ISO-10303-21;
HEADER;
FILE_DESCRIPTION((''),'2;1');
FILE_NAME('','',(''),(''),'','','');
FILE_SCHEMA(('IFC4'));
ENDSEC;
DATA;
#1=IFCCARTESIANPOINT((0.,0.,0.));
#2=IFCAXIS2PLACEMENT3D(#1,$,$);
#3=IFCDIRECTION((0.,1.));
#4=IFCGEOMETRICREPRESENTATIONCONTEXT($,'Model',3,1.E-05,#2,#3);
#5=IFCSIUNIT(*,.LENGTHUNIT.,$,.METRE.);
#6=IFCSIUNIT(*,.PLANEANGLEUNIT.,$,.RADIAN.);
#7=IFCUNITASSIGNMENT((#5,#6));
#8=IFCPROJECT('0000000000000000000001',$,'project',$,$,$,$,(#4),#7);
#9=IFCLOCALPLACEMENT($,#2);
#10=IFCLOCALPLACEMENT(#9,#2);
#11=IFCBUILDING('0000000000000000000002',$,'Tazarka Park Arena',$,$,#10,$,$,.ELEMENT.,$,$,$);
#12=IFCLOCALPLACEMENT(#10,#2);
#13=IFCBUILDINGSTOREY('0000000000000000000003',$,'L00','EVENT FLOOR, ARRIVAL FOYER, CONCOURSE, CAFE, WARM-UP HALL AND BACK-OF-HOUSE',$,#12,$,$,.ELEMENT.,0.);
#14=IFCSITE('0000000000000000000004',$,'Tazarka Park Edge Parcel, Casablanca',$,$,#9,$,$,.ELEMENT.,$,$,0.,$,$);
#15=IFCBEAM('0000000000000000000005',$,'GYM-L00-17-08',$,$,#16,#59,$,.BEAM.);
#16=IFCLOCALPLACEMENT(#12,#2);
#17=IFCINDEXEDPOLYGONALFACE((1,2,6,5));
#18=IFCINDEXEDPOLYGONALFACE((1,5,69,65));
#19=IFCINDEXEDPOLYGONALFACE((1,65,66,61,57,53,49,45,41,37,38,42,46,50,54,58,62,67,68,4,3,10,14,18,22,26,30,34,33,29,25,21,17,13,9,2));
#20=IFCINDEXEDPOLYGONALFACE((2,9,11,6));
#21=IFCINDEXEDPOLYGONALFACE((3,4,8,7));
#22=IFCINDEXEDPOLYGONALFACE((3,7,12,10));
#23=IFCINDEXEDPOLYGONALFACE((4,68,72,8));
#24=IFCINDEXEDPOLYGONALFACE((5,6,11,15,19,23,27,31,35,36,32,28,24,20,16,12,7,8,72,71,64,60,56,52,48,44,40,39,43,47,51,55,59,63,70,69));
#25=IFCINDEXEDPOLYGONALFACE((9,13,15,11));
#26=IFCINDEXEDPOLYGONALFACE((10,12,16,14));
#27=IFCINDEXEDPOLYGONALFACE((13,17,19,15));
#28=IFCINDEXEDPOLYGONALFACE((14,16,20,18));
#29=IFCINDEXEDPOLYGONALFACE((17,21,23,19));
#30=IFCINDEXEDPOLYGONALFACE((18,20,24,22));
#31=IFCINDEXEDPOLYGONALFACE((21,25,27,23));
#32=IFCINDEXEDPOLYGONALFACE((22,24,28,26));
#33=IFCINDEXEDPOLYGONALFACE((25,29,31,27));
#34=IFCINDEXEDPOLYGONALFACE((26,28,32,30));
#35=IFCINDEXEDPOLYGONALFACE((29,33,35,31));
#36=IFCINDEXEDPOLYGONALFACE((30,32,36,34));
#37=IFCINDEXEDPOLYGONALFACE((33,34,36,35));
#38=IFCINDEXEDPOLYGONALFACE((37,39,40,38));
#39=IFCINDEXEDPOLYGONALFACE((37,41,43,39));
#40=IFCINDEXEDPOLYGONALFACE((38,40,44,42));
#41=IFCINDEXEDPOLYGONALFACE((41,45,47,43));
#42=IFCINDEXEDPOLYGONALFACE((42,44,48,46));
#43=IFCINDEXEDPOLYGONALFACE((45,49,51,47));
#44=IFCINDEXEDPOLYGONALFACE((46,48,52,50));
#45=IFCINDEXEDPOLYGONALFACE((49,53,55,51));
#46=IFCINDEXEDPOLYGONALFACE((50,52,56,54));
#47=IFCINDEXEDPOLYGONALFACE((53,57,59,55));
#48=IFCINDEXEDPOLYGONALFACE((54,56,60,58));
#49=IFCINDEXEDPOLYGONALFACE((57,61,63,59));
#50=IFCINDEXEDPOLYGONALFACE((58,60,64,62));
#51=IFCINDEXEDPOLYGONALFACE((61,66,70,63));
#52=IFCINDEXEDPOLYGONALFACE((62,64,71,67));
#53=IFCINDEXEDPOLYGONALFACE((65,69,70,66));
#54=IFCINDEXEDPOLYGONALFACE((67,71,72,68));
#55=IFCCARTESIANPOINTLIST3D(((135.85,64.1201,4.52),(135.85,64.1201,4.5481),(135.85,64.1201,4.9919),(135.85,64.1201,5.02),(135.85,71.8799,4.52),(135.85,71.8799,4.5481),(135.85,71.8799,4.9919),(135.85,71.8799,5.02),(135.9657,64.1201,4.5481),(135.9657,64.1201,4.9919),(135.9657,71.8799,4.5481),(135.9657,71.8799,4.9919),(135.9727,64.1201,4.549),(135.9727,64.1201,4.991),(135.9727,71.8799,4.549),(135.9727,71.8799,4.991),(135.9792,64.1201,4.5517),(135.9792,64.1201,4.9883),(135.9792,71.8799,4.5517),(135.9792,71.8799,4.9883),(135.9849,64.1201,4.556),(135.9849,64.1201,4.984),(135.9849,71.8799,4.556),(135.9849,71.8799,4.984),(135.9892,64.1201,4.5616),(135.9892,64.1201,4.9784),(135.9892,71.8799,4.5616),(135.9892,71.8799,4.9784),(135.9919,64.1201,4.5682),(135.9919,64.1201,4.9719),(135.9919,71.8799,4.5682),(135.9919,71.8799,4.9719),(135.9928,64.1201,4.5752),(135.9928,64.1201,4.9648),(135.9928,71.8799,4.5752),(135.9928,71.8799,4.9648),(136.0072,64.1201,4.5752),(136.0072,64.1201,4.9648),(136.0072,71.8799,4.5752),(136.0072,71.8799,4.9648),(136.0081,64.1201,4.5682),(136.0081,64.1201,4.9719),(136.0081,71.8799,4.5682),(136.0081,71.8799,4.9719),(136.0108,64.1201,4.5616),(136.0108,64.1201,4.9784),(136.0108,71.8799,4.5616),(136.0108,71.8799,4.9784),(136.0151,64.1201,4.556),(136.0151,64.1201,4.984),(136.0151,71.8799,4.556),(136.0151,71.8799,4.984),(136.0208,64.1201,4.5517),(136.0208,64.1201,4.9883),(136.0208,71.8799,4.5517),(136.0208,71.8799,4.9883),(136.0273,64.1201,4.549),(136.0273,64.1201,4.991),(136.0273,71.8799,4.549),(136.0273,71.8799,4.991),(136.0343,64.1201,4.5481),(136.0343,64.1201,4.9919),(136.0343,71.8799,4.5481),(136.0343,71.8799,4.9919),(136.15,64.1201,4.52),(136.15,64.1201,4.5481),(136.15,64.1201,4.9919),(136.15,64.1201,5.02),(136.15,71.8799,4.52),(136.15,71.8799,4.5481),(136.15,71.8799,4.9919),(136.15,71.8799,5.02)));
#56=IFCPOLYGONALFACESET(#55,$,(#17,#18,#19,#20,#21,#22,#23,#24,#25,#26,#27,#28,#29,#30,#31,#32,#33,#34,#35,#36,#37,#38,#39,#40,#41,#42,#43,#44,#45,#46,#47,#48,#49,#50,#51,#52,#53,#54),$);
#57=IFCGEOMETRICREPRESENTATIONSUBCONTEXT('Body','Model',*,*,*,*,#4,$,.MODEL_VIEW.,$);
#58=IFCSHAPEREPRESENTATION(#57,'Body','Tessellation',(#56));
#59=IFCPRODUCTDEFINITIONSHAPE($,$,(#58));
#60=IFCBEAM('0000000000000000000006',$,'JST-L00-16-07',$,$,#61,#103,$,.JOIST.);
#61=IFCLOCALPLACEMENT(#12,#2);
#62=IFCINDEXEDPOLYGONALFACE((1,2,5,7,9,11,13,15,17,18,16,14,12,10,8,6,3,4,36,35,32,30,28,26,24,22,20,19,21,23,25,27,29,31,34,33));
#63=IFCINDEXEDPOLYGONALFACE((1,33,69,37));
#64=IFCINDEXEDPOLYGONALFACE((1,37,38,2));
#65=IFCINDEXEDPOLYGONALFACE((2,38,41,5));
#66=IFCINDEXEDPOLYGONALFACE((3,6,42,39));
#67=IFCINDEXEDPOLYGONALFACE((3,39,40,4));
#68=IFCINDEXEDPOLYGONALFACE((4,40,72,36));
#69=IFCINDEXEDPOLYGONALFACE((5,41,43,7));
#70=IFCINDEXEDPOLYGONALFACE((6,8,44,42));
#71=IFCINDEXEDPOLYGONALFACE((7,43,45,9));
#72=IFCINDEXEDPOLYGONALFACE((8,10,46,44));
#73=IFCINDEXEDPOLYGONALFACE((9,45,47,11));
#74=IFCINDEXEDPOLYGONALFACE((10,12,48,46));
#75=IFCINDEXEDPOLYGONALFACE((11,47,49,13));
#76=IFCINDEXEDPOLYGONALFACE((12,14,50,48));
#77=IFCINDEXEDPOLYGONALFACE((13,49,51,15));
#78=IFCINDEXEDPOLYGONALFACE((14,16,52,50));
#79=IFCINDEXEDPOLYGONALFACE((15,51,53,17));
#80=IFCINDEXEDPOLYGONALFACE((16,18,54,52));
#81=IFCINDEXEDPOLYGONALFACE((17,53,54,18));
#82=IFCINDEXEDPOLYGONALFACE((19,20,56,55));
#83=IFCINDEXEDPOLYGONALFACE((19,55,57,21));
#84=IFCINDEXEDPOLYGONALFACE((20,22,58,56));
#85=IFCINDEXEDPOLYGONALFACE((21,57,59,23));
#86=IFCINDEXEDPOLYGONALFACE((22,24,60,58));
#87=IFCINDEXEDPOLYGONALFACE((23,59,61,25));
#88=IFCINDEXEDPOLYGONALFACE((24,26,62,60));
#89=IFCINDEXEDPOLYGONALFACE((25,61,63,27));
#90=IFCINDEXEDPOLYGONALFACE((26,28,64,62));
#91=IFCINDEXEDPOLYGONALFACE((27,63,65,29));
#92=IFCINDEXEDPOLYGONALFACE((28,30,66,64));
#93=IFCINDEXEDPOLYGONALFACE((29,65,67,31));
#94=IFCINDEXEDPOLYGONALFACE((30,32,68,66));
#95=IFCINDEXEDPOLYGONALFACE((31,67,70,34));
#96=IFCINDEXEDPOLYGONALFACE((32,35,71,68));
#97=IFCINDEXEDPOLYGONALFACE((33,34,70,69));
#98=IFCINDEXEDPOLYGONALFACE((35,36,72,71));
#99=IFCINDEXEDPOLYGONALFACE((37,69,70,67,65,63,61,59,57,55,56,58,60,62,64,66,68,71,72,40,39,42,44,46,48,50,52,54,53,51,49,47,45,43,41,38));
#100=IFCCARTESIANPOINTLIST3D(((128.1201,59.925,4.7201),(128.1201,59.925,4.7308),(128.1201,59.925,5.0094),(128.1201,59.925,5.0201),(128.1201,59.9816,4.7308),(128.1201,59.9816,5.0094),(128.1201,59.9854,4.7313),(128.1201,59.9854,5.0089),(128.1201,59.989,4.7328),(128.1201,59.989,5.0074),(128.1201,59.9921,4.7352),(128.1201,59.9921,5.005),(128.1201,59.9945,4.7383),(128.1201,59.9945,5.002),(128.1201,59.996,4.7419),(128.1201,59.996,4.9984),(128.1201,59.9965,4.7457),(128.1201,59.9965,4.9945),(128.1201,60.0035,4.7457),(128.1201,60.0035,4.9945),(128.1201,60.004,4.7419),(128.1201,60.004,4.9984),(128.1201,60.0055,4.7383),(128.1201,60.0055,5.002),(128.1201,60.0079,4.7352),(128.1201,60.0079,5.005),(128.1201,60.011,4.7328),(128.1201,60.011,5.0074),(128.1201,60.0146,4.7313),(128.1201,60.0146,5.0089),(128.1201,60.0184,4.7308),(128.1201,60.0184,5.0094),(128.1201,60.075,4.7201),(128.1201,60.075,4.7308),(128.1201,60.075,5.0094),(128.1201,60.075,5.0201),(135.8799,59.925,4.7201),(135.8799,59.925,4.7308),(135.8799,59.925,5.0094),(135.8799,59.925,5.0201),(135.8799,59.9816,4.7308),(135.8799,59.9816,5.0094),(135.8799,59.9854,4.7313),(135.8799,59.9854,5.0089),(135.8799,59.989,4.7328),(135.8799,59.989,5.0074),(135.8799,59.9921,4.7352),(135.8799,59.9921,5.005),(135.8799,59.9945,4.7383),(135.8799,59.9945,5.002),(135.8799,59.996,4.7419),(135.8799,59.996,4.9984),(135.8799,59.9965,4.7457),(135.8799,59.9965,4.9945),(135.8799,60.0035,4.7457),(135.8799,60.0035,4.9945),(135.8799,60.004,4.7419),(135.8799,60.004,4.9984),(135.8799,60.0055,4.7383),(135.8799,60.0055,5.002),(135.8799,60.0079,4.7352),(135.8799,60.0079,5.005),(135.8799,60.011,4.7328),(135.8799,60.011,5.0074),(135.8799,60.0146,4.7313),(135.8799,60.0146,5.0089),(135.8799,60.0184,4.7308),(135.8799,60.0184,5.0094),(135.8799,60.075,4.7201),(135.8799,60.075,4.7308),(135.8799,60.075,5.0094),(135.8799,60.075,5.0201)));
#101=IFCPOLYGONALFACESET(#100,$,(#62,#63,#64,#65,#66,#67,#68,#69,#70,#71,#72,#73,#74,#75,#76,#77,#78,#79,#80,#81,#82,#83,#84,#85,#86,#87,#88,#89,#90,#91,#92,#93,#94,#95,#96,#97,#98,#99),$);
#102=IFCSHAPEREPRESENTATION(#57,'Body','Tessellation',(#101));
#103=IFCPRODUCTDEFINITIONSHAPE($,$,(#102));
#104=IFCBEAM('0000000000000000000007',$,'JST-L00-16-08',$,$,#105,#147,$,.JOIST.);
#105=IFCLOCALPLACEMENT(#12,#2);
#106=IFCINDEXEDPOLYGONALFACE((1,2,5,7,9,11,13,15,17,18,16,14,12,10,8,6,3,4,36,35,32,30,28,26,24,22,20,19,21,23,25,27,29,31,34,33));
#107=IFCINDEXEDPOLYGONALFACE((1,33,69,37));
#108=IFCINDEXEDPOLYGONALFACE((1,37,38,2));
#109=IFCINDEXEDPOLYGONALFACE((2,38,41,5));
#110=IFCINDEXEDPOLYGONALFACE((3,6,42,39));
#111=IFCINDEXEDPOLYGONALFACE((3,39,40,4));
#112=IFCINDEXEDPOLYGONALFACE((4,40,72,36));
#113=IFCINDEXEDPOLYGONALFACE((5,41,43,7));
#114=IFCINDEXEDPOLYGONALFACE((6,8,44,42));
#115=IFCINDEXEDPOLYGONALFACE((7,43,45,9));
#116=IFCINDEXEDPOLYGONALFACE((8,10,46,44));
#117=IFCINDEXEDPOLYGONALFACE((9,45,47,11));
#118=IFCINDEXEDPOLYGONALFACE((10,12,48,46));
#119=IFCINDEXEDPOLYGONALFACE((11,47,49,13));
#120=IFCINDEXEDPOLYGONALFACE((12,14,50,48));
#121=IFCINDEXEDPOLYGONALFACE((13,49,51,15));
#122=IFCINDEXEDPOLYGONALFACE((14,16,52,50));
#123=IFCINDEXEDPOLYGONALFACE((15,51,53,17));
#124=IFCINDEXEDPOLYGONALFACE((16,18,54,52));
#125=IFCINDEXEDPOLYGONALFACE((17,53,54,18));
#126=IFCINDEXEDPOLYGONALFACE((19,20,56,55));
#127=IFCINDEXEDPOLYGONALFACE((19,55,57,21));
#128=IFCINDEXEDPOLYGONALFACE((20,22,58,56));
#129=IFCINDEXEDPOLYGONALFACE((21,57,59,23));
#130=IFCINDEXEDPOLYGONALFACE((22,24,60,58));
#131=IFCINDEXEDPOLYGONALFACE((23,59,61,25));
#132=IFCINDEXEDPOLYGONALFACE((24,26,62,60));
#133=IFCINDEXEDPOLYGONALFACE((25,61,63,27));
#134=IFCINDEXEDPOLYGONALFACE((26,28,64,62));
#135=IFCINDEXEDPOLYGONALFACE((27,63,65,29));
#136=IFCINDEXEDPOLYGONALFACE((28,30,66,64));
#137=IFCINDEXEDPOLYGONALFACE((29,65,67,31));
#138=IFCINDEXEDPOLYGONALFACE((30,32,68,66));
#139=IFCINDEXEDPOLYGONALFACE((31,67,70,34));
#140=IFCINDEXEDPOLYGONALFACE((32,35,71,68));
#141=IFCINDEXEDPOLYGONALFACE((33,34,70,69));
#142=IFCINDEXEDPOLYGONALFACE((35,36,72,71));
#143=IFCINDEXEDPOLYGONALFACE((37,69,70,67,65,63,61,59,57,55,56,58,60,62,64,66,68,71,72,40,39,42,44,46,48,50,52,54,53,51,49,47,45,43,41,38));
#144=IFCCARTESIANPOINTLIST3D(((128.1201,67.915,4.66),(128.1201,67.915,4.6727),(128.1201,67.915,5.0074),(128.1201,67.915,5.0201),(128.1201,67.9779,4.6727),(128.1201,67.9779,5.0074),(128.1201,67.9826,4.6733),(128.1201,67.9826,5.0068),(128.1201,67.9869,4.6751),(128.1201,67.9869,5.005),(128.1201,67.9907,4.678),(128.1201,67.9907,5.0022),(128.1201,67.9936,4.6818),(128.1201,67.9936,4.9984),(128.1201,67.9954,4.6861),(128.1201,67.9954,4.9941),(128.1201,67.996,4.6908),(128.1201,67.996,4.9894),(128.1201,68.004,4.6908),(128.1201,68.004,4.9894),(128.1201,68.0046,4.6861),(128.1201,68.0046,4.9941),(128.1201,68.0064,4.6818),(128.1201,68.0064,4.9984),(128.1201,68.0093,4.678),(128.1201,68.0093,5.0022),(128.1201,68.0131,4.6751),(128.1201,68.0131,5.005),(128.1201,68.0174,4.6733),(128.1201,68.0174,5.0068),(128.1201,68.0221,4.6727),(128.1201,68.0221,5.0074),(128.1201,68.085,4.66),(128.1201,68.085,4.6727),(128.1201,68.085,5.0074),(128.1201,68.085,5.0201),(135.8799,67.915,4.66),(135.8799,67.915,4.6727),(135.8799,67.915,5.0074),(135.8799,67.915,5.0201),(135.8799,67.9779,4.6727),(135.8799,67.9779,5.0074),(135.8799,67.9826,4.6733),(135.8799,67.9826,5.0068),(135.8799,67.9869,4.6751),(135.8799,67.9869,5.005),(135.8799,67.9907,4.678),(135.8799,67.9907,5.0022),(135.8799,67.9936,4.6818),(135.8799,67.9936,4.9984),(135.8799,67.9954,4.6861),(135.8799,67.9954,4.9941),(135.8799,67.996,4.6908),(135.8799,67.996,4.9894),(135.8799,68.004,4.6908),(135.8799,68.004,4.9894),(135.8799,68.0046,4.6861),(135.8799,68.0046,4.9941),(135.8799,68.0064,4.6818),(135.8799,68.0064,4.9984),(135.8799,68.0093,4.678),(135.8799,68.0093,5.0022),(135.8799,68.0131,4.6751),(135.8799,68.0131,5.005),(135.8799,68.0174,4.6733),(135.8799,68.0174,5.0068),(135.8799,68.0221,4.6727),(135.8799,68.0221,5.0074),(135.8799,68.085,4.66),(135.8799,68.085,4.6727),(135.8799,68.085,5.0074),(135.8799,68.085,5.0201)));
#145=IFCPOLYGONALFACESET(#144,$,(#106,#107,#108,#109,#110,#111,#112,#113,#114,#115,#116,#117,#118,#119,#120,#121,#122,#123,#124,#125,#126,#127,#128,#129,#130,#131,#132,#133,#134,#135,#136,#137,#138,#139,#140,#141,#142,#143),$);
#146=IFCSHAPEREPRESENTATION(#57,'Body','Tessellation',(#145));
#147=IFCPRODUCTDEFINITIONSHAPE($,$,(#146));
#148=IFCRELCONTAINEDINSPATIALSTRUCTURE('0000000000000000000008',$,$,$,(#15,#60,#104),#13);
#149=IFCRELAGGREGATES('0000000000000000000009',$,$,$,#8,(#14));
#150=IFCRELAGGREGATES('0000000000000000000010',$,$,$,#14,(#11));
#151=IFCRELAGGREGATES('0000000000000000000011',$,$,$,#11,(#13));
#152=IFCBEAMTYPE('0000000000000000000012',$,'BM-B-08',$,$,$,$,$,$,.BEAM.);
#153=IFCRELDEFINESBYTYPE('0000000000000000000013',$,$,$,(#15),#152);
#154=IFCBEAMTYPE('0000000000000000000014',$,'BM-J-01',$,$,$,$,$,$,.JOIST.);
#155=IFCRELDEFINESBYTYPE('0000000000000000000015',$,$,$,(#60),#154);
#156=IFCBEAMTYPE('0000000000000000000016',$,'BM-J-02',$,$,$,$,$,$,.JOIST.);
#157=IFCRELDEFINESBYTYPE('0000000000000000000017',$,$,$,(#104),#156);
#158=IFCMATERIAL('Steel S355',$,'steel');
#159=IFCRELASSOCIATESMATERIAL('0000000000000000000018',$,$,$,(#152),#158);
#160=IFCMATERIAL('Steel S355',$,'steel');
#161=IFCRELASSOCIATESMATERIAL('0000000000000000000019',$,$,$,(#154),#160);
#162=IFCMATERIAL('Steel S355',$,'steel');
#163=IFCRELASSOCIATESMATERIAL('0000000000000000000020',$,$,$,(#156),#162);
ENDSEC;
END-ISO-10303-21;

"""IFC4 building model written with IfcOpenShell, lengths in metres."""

from ifc_helpers import new_model, si_unit, direction, frame, origin, origin_2d, place, context, subcontext, project, spatial, i_section, extrude, material, material_profile, profile_set, type_object, element, save


model = new_model("IFC4")

# Units and contexts
model_context = context("Model", 3, precision=1e-05, world=origin(), true_north=direction((0.0, 1.0)))
body_context = subcontext(model_context, "Body", "Model", "MODEL_VIEW")
ifc_project = project(units=[si_unit("LENGTHUNIT", "METRE"), si_unit("PLANEANGLEUNIT", "RADIAN")], contexts=[model_context])

# Site, building, storey
site_placement = place(None, origin())
site = spatial("IfcSite", under=ifc_project, at=site_placement, Name="Tazarka Park Edge Parcel, Casablanca", CompositionType="ELEMENT", RefElevation=0.0)
building_placement = place(site_placement, origin())
building = spatial("IfcBuilding", under=site, at=building_placement, Name="Tazarka Park Arena", CompositionType="ELEMENT")
storey_placement = place(building_placement, origin())
storey = spatial("IfcBuildingStorey", under=building, at=storey_placement, Name="L00", Description="EVENT FLOOR, ARRIVAL FOYER, CONCOURSE, CAFE, WARM-UP HALL AND BACK-OF-HOUSE", CompositionType="ELEMENT", Elevation=0.0)

# Beams
ifc_material_1 = material(Name="Steel S355", Category="steel")
ifc_material_profile_1 = material_profile(ifc_material_1, i_section(OverallWidth=0.3, OverallDepth=0.5, WebThickness=0.0144, FlangeThickness=0.0281, FilletRadius=0.0271, at=origin_2d()), Name="Steel S355")
ifc_profile_set_1 = profile_set([ifc_material_profile_1], Name="Steel S355")
beam_type_1 = type_object("IfcBeamType", Name="BM-B-08", PredefinedType="BEAM", material=ifc_profile_set_1)
for number, where, z_axis, x_axis, name in (
    (1, (136.0, 64.1201, 4.77), (0.0, 1.0, 0.0), (-1.0, 0.0, 0.0), "GYM-L00-17-08"),
):
    element("IfcBeam", number, at=place(storey_placement, frame(where, z_axis=z_axis, x_axis=x_axis)), inside=storey, type_object=beam_type_1, Name=name, PredefinedType="BEAM", context=body_context, shape_type="SweptSolid", body=[
        extrude(i_section(OverallWidth=0.3, OverallDepth=0.5, WebThickness=0.0144, FlangeThickness=0.0281, FilletRadius=0.0271, at=origin_2d()), origin(), (0.0, 0.0, 1.0), 7.7598),
    ])
ifc_material_2 = material(Name="Steel S355", Category="steel")
ifc_material_profile_2 = material_profile(ifc_material_2, i_section(OverallWidth=0.1499, OverallDepth=0.3, WebThickness=0.0071, FlangeThickness=0.0107, FilletRadius=0.0149, at=origin_2d()), Name="Steel S355")
ifc_profile_set_2 = profile_set([ifc_material_profile_2], Name="Steel S355")
beam_type_2 = type_object("IfcBeamType", Name="BM-J-01", PredefinedType="JOIST", material=ifc_profile_set_2)
beam_1_placement = place(storey_placement, frame((128.1201, 60.0, 4.8701), z_axis=(1.0, 0.0, 0.0), x_axis=(0.0, 1.0, 0.0)))
element("IfcBeam", 2, at=beam_1_placement, inside=storey, type_object=beam_type_2, Name="JST-L00-16-07", PredefinedType="JOIST", context=body_context, shape_type="SweptSolid", body=[
    extrude(i_section(OverallWidth=0.1499, OverallDepth=0.3, WebThickness=0.0071, FlangeThickness=0.0107, FilletRadius=0.0149, at=origin_2d()), origin(), (0.0, 0.0, 1.0), 7.7598),
])
ifc_material_3 = material(Name="Steel S355", Category="steel")
ifc_material_profile_3 = material_profile(ifc_material_3, i_section(OverallWidth=0.1699, OverallDepth=0.3601, WebThickness=0.0081, FlangeThickness=0.0127, FilletRadius=0.0181, at=origin_2d()), Name="Steel S355")
ifc_profile_set_3 = profile_set([ifc_material_profile_3], Name="Steel S355")
beam_type_3 = type_object("IfcBeamType", Name="BM-J-02", PredefinedType="JOIST", material=ifc_profile_set_3)
beam_2_placement = place(storey_placement, frame((128.1201, 68.0, 4.8401), z_axis=(1.0, 0.0, 0.0), x_axis=(0.0, 1.0, 0.0)))
element("IfcBeam", 3, at=beam_2_placement, inside=storey, type_object=beam_type_3, Name="JST-L00-16-08", PredefinedType="JOIST", context=body_context, shape_type="SweptSolid", body=[
    extrude(i_section(OverallWidth=0.1699, OverallDepth=0.3601, WebThickness=0.0081, FlangeThickness=0.0127, FilletRadius=0.0181, at=origin_2d()), origin(), (0.0, 0.0, 1.0), 7.7598),
])

save(model, "model.ifc")
